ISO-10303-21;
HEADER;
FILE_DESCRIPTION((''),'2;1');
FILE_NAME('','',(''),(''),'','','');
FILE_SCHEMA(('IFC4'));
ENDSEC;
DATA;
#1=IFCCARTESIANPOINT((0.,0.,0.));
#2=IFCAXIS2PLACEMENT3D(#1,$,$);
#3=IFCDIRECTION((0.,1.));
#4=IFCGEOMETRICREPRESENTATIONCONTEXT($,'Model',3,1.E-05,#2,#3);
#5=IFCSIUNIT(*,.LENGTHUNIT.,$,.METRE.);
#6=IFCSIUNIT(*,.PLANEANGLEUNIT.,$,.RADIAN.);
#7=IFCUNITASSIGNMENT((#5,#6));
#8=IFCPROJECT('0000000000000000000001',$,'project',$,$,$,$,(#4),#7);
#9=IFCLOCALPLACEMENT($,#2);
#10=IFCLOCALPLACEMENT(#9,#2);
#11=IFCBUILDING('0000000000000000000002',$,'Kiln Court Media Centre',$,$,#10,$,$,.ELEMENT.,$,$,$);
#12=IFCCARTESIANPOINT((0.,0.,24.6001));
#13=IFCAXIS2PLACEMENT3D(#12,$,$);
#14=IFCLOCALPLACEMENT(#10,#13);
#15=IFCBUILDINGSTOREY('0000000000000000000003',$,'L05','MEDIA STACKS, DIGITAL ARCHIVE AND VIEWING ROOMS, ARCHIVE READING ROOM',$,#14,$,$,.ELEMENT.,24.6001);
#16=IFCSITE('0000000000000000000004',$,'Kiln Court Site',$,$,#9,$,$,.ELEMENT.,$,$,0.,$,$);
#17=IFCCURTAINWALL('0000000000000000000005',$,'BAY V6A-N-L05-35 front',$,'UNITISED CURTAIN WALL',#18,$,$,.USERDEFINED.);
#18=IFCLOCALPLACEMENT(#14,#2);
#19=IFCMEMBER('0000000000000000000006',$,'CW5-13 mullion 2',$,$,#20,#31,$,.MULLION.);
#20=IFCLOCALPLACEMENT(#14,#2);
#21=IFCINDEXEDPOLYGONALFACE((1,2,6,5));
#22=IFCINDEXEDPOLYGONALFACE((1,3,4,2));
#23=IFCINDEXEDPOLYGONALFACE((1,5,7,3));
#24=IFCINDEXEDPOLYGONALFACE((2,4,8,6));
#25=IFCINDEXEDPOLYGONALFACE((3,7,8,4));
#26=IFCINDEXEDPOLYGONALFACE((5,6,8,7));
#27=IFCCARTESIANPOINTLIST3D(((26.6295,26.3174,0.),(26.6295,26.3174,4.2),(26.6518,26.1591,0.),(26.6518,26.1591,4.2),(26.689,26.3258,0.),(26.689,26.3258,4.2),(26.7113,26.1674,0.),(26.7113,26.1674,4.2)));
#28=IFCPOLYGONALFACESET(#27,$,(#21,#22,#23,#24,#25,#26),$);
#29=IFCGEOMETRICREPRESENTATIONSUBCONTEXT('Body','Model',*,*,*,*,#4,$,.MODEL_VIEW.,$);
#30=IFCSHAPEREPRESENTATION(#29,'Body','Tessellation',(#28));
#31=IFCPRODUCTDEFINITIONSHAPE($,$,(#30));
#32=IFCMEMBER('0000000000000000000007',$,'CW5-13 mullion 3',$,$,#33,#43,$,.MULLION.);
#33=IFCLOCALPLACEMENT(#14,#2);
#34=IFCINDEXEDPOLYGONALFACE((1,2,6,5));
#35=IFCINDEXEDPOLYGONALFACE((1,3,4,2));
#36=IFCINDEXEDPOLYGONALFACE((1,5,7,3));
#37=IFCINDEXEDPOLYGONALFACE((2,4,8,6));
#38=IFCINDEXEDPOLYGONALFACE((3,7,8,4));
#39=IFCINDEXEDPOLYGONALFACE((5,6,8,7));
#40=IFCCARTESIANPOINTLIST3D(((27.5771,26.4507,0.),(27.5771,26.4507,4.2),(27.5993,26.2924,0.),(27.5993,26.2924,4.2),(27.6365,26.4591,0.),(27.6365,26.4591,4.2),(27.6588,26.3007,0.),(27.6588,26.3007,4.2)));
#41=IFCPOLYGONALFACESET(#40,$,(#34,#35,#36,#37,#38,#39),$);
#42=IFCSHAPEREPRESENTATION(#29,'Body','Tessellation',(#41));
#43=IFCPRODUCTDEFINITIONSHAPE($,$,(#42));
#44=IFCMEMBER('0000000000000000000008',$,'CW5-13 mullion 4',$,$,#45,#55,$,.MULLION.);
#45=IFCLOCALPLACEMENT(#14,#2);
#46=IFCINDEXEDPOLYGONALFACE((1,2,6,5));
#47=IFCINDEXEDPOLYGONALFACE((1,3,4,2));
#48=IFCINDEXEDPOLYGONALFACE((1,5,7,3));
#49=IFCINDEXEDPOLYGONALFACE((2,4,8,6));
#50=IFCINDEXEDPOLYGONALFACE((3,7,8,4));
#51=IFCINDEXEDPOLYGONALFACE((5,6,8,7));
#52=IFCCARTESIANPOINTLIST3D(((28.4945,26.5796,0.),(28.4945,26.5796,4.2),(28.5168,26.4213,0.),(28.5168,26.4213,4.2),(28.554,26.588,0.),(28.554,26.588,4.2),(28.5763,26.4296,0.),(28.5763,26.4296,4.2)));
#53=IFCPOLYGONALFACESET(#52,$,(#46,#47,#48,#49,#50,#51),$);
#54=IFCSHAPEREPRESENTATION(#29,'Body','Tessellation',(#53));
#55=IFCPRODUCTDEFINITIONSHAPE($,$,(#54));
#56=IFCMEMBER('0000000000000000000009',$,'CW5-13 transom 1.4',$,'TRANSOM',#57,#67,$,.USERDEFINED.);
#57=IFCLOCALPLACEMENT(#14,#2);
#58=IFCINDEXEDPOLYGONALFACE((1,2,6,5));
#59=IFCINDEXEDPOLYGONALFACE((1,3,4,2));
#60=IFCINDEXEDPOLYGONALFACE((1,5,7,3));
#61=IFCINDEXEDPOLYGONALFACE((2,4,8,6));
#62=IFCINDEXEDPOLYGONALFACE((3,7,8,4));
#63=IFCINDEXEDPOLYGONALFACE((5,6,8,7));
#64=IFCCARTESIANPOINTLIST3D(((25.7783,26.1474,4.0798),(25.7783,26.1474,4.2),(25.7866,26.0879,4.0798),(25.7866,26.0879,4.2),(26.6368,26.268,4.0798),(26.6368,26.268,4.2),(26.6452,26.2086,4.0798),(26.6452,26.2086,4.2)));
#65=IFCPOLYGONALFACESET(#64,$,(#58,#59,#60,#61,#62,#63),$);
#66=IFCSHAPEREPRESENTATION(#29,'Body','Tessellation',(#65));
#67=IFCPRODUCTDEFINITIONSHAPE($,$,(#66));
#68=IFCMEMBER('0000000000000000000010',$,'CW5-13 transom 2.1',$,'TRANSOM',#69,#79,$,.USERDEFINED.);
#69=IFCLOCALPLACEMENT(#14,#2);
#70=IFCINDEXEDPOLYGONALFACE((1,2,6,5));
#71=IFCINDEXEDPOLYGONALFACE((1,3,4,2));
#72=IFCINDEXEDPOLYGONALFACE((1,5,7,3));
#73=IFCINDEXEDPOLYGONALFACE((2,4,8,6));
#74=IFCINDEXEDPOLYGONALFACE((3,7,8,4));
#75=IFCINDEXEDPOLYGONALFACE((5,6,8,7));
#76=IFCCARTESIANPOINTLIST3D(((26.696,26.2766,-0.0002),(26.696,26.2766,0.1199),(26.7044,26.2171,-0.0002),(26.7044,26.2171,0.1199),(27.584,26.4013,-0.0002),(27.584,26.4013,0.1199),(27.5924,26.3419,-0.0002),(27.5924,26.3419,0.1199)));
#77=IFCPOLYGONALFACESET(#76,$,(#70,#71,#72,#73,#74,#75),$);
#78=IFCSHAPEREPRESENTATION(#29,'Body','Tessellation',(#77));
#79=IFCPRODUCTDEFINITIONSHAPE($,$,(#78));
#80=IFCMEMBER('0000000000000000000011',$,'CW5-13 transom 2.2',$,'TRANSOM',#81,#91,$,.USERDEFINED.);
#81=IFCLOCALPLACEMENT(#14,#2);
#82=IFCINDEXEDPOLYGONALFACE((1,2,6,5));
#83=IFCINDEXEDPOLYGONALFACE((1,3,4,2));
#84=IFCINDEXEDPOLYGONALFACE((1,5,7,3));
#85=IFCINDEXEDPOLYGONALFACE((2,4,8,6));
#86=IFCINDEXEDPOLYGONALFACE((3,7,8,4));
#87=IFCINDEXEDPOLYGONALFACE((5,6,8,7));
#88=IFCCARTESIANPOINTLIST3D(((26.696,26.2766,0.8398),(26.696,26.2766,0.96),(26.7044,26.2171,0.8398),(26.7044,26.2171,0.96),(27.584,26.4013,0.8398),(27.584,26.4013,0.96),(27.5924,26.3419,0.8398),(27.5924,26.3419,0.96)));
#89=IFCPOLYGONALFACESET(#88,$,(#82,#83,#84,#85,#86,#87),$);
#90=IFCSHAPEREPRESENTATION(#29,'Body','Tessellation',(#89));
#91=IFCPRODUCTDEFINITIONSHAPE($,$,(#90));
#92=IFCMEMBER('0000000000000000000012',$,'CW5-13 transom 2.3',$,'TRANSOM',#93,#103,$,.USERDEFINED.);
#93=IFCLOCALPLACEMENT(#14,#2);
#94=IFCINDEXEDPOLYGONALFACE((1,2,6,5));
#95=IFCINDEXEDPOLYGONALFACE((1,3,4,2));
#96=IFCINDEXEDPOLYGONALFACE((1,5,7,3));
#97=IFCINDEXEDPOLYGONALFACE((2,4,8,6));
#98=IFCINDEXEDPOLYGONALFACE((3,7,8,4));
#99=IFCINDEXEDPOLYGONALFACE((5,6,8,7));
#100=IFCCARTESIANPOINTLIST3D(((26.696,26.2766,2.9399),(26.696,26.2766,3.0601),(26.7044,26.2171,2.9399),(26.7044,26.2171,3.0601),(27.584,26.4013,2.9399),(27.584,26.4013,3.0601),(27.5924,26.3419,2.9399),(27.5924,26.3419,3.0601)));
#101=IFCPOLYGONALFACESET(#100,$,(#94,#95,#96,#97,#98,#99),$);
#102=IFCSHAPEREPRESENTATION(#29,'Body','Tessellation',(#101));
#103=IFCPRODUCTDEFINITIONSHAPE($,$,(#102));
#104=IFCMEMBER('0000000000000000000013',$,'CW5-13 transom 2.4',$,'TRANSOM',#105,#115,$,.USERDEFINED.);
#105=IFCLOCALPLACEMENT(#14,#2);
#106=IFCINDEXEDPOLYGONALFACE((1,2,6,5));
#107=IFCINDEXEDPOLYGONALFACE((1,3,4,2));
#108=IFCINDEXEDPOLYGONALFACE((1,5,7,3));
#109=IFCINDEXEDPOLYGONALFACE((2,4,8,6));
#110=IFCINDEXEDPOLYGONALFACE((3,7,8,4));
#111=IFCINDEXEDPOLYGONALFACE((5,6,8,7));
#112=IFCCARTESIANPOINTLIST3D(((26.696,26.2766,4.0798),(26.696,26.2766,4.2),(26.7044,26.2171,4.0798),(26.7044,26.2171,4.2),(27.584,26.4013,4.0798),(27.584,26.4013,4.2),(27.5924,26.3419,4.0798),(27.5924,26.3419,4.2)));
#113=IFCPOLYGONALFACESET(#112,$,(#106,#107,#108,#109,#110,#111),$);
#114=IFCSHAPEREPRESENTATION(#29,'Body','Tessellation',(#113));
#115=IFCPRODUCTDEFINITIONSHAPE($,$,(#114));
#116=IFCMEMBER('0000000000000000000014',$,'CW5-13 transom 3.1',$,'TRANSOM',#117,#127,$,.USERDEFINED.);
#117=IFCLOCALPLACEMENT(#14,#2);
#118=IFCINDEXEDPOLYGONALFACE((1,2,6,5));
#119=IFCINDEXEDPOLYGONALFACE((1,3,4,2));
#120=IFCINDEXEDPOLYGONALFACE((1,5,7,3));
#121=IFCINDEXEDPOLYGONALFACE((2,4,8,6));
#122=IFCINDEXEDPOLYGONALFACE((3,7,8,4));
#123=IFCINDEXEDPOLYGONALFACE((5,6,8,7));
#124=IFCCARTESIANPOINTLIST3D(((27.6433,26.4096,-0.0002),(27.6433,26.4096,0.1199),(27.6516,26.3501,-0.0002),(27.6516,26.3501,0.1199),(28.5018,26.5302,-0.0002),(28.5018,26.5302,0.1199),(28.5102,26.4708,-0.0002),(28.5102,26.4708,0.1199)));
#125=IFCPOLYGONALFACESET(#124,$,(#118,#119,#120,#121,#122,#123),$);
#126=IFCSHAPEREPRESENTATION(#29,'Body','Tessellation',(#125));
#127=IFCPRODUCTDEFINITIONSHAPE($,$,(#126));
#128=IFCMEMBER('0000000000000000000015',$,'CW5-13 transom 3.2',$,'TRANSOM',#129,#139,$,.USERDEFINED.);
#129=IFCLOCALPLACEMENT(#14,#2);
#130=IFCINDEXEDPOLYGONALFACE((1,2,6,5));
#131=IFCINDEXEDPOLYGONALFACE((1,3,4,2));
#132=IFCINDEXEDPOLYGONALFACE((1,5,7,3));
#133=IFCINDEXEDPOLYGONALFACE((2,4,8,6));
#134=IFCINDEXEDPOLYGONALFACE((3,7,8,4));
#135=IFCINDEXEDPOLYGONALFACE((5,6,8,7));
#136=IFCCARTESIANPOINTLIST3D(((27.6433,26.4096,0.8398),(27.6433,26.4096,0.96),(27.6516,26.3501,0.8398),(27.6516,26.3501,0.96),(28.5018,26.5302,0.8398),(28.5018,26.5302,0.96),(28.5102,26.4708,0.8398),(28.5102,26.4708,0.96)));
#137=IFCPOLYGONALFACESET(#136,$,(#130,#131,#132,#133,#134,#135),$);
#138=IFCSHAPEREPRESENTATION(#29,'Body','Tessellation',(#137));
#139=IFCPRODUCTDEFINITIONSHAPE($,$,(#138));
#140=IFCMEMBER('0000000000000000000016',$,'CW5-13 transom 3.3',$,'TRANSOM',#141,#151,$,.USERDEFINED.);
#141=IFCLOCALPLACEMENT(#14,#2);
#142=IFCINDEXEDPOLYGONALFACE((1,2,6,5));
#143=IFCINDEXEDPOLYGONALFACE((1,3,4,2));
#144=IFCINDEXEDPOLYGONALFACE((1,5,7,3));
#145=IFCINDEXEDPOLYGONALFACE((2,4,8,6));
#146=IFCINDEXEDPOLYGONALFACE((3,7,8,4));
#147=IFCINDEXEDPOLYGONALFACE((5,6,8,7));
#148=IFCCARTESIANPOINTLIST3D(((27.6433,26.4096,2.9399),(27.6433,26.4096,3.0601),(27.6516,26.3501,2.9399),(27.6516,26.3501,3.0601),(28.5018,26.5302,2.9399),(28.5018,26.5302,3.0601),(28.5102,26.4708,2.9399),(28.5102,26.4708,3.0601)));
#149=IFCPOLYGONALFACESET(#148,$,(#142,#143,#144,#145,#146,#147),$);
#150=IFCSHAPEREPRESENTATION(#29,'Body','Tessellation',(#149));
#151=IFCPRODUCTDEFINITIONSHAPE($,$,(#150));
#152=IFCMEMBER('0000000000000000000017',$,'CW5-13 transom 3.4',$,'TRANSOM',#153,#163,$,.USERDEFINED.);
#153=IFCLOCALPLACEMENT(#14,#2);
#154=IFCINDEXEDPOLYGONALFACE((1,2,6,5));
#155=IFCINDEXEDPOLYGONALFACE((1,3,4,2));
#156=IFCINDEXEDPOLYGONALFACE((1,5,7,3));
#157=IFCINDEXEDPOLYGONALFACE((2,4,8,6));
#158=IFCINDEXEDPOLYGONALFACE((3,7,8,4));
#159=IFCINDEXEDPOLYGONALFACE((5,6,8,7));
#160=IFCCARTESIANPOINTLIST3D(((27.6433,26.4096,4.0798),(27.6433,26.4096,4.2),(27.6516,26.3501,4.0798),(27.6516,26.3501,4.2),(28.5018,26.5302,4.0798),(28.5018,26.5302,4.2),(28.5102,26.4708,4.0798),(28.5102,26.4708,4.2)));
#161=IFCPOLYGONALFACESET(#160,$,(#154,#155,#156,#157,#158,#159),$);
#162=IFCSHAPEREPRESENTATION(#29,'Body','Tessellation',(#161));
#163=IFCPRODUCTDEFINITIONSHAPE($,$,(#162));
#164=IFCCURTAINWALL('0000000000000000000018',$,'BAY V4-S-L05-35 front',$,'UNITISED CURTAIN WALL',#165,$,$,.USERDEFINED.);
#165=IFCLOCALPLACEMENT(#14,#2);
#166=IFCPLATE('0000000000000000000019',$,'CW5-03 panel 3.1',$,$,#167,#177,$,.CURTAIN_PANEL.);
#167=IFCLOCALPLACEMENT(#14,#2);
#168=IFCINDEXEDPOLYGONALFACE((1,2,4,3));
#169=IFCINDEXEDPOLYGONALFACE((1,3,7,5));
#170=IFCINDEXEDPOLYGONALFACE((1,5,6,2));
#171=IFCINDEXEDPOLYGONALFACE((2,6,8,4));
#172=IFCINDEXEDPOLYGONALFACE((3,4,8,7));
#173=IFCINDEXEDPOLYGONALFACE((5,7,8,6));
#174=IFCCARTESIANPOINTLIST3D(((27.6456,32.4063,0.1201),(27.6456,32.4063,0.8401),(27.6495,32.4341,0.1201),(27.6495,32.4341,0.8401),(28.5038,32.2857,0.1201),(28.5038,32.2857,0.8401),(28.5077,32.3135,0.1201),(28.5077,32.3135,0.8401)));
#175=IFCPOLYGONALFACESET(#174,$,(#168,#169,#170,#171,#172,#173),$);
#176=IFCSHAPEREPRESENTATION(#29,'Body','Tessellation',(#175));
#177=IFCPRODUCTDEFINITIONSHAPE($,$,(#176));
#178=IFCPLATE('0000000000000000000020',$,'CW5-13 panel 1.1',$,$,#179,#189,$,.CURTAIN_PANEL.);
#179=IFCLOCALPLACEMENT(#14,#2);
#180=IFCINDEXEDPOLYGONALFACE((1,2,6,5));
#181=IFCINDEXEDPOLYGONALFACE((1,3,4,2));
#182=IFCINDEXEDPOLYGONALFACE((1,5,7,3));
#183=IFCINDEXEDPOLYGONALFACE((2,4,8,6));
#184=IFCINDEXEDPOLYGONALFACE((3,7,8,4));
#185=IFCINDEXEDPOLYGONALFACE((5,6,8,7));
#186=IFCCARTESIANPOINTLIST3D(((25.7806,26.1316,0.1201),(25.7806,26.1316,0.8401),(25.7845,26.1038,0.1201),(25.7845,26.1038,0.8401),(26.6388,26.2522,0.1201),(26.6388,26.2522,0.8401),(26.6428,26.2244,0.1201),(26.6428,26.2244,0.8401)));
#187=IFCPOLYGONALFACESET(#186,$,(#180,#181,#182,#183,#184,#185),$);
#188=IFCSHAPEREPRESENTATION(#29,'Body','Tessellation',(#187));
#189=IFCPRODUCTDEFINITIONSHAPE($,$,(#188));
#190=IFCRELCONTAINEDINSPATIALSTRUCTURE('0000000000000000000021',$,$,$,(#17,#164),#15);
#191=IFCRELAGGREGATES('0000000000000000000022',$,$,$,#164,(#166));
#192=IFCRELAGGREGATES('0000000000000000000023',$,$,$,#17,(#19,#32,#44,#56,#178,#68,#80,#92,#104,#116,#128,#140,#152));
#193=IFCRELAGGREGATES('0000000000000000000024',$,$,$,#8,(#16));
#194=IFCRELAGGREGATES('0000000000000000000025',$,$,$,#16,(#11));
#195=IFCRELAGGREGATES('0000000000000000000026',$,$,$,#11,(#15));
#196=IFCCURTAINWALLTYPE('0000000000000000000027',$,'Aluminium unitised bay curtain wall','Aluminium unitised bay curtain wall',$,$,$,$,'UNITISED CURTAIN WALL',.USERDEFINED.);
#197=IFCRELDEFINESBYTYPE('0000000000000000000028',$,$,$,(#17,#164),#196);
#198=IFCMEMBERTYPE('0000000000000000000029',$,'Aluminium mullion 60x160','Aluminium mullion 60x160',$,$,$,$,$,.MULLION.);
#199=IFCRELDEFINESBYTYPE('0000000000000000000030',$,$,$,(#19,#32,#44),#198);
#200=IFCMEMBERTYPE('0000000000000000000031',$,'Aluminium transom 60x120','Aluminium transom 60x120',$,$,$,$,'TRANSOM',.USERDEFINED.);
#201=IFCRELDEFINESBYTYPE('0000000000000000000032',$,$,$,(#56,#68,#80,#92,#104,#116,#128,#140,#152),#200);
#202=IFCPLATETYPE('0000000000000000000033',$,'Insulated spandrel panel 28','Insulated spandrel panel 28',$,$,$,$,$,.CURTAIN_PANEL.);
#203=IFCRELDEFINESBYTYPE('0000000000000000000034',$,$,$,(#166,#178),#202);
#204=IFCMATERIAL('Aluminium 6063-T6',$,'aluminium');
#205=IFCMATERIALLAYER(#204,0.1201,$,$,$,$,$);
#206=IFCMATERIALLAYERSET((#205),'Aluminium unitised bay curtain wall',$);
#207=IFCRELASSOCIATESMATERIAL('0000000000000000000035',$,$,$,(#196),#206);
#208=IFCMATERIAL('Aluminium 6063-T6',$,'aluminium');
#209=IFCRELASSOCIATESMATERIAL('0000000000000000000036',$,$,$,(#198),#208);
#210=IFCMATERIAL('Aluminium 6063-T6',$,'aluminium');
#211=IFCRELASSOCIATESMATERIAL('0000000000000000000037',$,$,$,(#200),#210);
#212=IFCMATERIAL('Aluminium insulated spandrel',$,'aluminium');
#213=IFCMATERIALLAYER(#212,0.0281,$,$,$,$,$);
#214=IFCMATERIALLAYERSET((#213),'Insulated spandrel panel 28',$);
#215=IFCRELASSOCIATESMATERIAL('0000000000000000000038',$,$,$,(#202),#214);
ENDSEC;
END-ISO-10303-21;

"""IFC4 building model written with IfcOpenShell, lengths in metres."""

from ifc_helpers import new_model, si_unit, direction, frame, origin, origin_2d, place, context, subcontext, project, spatial, rectangle, extrude, material, layer, layer_set, material_profile, profile_set, type_object, element, aggregate, save


model = new_model("IFC4")

# Units and contexts
model_context = context("Model", 3, precision=1e-05, world=origin(), true_north=direction((0.0, 1.0)))
body_context = subcontext(model_context, "Body", "Model", "MODEL_VIEW")
ifc_project = project(units=[si_unit("LENGTHUNIT", "METRE"), si_unit("PLANEANGLEUNIT", "RADIAN")], contexts=[model_context])

# Site, building, storey
site_placement = place(None, origin())
site = spatial("IfcSite", under=ifc_project, at=site_placement, Name="Kiln Court Site", CompositionType="ELEMENT", RefElevation=0.0)
building_placement = place(site_placement, origin())
building = spatial("IfcBuilding", under=site, at=building_placement, Name="Kiln Court Media Centre", CompositionType="ELEMENT")
storey_placement = place(building_placement, frame((0.0, 0.0, 24.6001)))
storey = spatial("IfcBuildingStorey", under=building, at=storey_placement, Name="L05", Description="MEDIA STACKS, DIGITAL ARCHIVE AND VIEWING ROOMS, ARCHIVE READING ROOM", CompositionType="ELEMENT", Elevation=24.6001)

# Curtain wall, members
ifc_material_1 = material(Name="Aluminium 6063-T6", Category="aluminium")
ifc_layer_1 = layer(ifc_material_1, 0.1201)
ifc_layer_set_1 = layer_set([ifc_layer_1], Name="Aluminium unitised bay curtain wall")
curtain_wall_type = type_object("IfcCurtainWallType", Name="Aluminium unitised bay curtain wall", Description="Aluminium unitised bay curtain wall", ElementType="UNITISED CURTAIN WALL", PredefinedType="USERDEFINED", material=ifc_layer_set_1)
curtain_wall_1_placement = place(storey_placement, origin())
curtain_wall_1 = element("IfcCurtainWall", 1, at=curtain_wall_1_placement, inside=storey, type_object=curtain_wall_type, Name="BAY V6A-N-L05-35 front", ObjectType="UNITISED CURTAIN WALL", PredefinedType="USERDEFINED")
ifc_material_2 = material(Name="Aluminium 6063-T6", Category="aluminium")
ifc_material_profile_1 = material_profile(ifc_material_2, rectangle(XDim=0.0601, YDim=0.1599, at=origin_2d()), Name="Aluminium mullion 60x160")
ifc_profile_set_1 = profile_set([ifc_material_profile_1], Name="Aluminium 6063-T6")
member_type_1 = type_object("IfcMemberType", Name="Aluminium mullion 60x160", Description="Aluminium mullion 60x160", PredefinedType="MULLION", material=ifc_profile_set_1)
member_1_placement = place(storey_placement, frame((26.6704, 26.2424, 0.0), z_axis=(0.0, 0.0, 1.0), x_axis=(0.99027, 0.139162, 0.0)))
member_1 = element("IfcMember", 2, at=member_1_placement, type_object=member_type_1, Name="CW5-13 mullion 2", PredefinedType="MULLION", context=body_context, shape_type="SweptSolid", body=[
    extrude(rectangle(XDim=0.0601, YDim=0.1599, at=origin_2d()), origin(), (0.0, 0.0, 1.0), 4.2),
])
member_2_placement = place(storey_placement, frame((27.6179, 26.3757, 0.0), z_axis=(0.0, 0.0, 1.0), x_axis=(0.99027, 0.139162, 0.0)))
member_2 = element("IfcMember", 3, at=member_2_placement, type_object=member_type_1, Name="CW5-13 mullion 3", PredefinedType="MULLION", context=body_context, shape_type="SweptSolid", body=[
    extrude(rectangle(XDim=0.0601, YDim=0.1599, at=origin_2d()), origin(), (0.0, 0.0, 1.0), 4.2),
])
member_3_placement = place(storey_placement, frame((28.5354, 26.5046, 0.0), z_axis=(0.0, 0.0, 1.0), x_axis=(0.99027, 0.139162, 0.0)))
member_3 = element("IfcMember", 4, at=member_3_placement, type_object=member_type_1, Name="CW5-13 mullion 4", PredefinedType="MULLION", context=body_context, shape_type="SweptSolid", body=[
    extrude(rectangle(XDim=0.0601, YDim=0.1599, at=origin_2d()), origin(), (0.0, 0.0, 1.0), 4.2),
])
ifc_material_3 = material(Name="Aluminium 6063-T6", Category="aluminium")
ifc_material_profile_2 = material_profile(ifc_material_3, rectangle(XDim=0.0601, YDim=0.1201, at=origin_2d()), Name="Aluminium transom 60x120")
ifc_profile_set_2 = profile_set([ifc_material_profile_2], Name="Aluminium 6063-T6")
member_type_2 = type_object("IfcMemberType", Name="Aluminium transom 60x120", Description="Aluminium transom 60x120", ElementType="TRANSOM", PredefinedType="USERDEFINED", material=ifc_profile_set_2)
member_4_placement = place(storey_placement, frame((25.7825, 26.1177, 4.1399), z_axis=(0.990274, 0.139134, 0.0), x_axis=(-0.139134, 0.990274, 0.0)))
member_4 = element("IfcMember", 5, at=member_4_placement, type_object=member_type_2, Name="CW5-13 transom 1.4", ObjectType="TRANSOM", PredefinedType="USERDEFINED", context=body_context, shape_type="SweptSolid", body=[
    extrude(rectangle(XDim=0.0601, YDim=0.1201, at=origin_2d()), origin(), (0.0, 0.0, 1.0), 0.8669),
])
member_5_placement = place(storey_placement, frame((26.7002, 26.2468, 0.0598), z_axis=(0.990274, 0.139134, 0.0), x_axis=(-0.139134, 0.990274, 0.0)))
member_5 = element("IfcMember", 6, at=member_5_placement, type_object=member_type_2, Name="CW5-13 transom 2.1", ObjectType="TRANSOM", PredefinedType="USERDEFINED", context=body_context, shape_type="SweptSolid", body=[
    extrude(rectangle(XDim=0.0601, YDim=0.1201, at=origin_2d()), origin(), (0.0, 0.0, 1.0), 0.8967),
])
member_6_placement = place(storey_placement, frame((26.7002, 26.2468, 0.8999), z_axis=(0.990274, 0.139134, 0.0), x_axis=(-0.139134, 0.990274, 0.0)))
member_6 = element("IfcMember", 7, at=member_6_placement, type_object=member_type_2, Name="CW5-13 transom 2.2", ObjectType="TRANSOM", PredefinedType="USERDEFINED", context=body_context, shape_type="SweptSolid", body=[
    extrude(rectangle(XDim=0.0601, YDim=0.1201, at=origin_2d()), origin(), (0.0, 0.0, 1.0), 0.8967),
])
member_7_placement = place(storey_placement, frame((26.7002, 26.2468, 3.0), z_axis=(0.990274, 0.139134, 0.0), x_axis=(-0.139134, 0.990274, 0.0)))
member_7 = element("IfcMember", 8, at=member_7_placement, type_object=member_type_2, Name="CW5-13 transom 2.3", ObjectType="TRANSOM", PredefinedType="USERDEFINED", context=body_context, shape_type="SweptSolid", body=[
    extrude(rectangle(XDim=0.0601, YDim=0.1201, at=origin_2d()), origin(), (0.0, 0.0, 1.0), 0.8967),
])
member_8_placement = place(storey_placement, frame((26.7002, 26.2468, 4.1399), z_axis=(0.990274, 0.139134, 0.0), x_axis=(-0.139134, 0.990274, 0.0)))
member_8 = element("IfcMember", 9, at=member_8_placement, type_object=member_type_2, Name="CW5-13 transom 2.4", ObjectType="TRANSOM", PredefinedType="USERDEFINED", context=body_context, shape_type="SweptSolid", body=[
    extrude(rectangle(XDim=0.0601, YDim=0.1201, at=origin_2d()), origin(), (0.0, 0.0, 1.0), 0.8967),
])
member_9_placement = place(storey_placement, frame((27.6475, 26.3799, 0.0598), z_axis=(0.990274, 0.139134, 0.0), x_axis=(-0.139134, 0.990274, 0.0)))
member_9 = element("IfcMember", 10, at=member_9_placement, type_object=member_type_2, Name="CW5-13 transom 3.1", ObjectType="TRANSOM", PredefinedType="USERDEFINED", context=body_context, shape_type="SweptSolid", body=[
    extrude(rectangle(XDim=0.0601, YDim=0.1201, at=origin_2d()), origin(), (0.0, 0.0, 1.0), 0.8669),
])
member_10_placement = place(storey_placement, frame((27.6475, 26.3799, 0.8999), z_axis=(0.990274, 0.139134, 0.0), x_axis=(-0.139134, 0.990274, 0.0)))
member_10 = element("IfcMember", 11, at=member_10_placement, type_object=member_type_2, Name="CW5-13 transom 3.2", ObjectType="TRANSOM", PredefinedType="USERDEFINED", context=body_context, shape_type="SweptSolid", body=[
    extrude(rectangle(XDim=0.0601, YDim=0.1201, at=origin_2d()), origin(), (0.0, 0.0, 1.0), 0.8669),
])
member_11_placement = place(storey_placement, frame((27.6475, 26.3799, 3.0), z_axis=(0.990274, 0.139134, 0.0), x_axis=(-0.139134, 0.990274, 0.0)))
member_11 = element("IfcMember", 12, at=member_11_placement, type_object=member_type_2, Name="CW5-13 transom 3.3", ObjectType="TRANSOM", PredefinedType="USERDEFINED", context=body_context, shape_type="SweptSolid", body=[
    extrude(rectangle(XDim=0.0601, YDim=0.1201, at=origin_2d()), origin(), (0.0, 0.0, 1.0), 0.8669),
])
member_12_placement = place(storey_placement, frame((27.6475, 26.3799, 4.1399), z_axis=(0.990274, 0.139134, 0.0), x_axis=(-0.139134, 0.990274, 0.0)))
member_12 = element("IfcMember", 13, at=member_12_placement, type_object=member_type_2, Name="CW5-13 transom 3.4", ObjectType="TRANSOM", PredefinedType="USERDEFINED", context=body_context, shape_type="SweptSolid", body=[
    extrude(rectangle(XDim=0.0601, YDim=0.1201, at=origin_2d()), origin(), (0.0, 0.0, 1.0), 0.8669),
])

# Curtain wall, plate
curtain_wall_2_placement = place(storey_placement, origin())
curtain_wall_2 = element("IfcCurtainWall", 14, at=curtain_wall_2_placement, inside=storey, type_object=curtain_wall_type, Name="BAY V4-S-L05-35 front", ObjectType="UNITISED CURTAIN WALL", PredefinedType="USERDEFINED")
ifc_material_4 = material(Name="Aluminium insulated spandrel", Category="aluminium")
ifc_layer_2 = layer(ifc_material_4, 0.0281)
ifc_layer_set_2 = layer_set([ifc_layer_2], Name="Insulated spandrel panel 28")
plate_type_1 = type_object("IfcPlateType", Name="Insulated spandrel panel 28", Description="Insulated spandrel panel 28", PredefinedType="CURTAIN_PANEL", material=ifc_layer_set_2)
plate_1_placement = place(storey_placement, frame((28.0767, 32.3599, 0.1201), z_axis=(0.0, 0.0, 1.0), x_axis=(0.99027, -0.139162, 0.0)))
plate_1 = element("IfcPlate", 15, at=plate_1_placement, type_object=plate_type_1, Name="CW5-03 panel 3.1", PredefinedType="CURTAIN_PANEL", context=body_context, shape_type="SweptSolid", body=[
    extrude(rectangle(XDim=0.8667, YDim=0.0281, at=origin_2d()), origin(), (0.0, 0.0, 1.0), 0.72),
])

# Plate
plate_2_placement = place(storey_placement, frame((26.2117, 26.178, 0.1201), z_axis=(0.0, 0.0, 1.0), x_axis=(0.99027, 0.139162, 0.0)))
plate_2 = element("IfcPlate", 16, at=plate_2_placement, type_object=plate_type_1, Name="CW5-13 panel 1.1", PredefinedType="CURTAIN_PANEL", context=body_context, shape_type="SweptSolid", body=[
    extrude(rectangle(XDim=0.8667, YDim=0.0281, at=origin_2d()), origin(), (0.0, 0.0, 1.0), 0.72),
])
aggregate(curtain_wall_2, [plate_1])
aggregate(curtain_wall_1, [member_1, member_2, member_3, member_4, plate_2, member_5, member_6, member_7, member_8, member_9, member_10, member_11, member_12])

save(model, "model.ifc")
